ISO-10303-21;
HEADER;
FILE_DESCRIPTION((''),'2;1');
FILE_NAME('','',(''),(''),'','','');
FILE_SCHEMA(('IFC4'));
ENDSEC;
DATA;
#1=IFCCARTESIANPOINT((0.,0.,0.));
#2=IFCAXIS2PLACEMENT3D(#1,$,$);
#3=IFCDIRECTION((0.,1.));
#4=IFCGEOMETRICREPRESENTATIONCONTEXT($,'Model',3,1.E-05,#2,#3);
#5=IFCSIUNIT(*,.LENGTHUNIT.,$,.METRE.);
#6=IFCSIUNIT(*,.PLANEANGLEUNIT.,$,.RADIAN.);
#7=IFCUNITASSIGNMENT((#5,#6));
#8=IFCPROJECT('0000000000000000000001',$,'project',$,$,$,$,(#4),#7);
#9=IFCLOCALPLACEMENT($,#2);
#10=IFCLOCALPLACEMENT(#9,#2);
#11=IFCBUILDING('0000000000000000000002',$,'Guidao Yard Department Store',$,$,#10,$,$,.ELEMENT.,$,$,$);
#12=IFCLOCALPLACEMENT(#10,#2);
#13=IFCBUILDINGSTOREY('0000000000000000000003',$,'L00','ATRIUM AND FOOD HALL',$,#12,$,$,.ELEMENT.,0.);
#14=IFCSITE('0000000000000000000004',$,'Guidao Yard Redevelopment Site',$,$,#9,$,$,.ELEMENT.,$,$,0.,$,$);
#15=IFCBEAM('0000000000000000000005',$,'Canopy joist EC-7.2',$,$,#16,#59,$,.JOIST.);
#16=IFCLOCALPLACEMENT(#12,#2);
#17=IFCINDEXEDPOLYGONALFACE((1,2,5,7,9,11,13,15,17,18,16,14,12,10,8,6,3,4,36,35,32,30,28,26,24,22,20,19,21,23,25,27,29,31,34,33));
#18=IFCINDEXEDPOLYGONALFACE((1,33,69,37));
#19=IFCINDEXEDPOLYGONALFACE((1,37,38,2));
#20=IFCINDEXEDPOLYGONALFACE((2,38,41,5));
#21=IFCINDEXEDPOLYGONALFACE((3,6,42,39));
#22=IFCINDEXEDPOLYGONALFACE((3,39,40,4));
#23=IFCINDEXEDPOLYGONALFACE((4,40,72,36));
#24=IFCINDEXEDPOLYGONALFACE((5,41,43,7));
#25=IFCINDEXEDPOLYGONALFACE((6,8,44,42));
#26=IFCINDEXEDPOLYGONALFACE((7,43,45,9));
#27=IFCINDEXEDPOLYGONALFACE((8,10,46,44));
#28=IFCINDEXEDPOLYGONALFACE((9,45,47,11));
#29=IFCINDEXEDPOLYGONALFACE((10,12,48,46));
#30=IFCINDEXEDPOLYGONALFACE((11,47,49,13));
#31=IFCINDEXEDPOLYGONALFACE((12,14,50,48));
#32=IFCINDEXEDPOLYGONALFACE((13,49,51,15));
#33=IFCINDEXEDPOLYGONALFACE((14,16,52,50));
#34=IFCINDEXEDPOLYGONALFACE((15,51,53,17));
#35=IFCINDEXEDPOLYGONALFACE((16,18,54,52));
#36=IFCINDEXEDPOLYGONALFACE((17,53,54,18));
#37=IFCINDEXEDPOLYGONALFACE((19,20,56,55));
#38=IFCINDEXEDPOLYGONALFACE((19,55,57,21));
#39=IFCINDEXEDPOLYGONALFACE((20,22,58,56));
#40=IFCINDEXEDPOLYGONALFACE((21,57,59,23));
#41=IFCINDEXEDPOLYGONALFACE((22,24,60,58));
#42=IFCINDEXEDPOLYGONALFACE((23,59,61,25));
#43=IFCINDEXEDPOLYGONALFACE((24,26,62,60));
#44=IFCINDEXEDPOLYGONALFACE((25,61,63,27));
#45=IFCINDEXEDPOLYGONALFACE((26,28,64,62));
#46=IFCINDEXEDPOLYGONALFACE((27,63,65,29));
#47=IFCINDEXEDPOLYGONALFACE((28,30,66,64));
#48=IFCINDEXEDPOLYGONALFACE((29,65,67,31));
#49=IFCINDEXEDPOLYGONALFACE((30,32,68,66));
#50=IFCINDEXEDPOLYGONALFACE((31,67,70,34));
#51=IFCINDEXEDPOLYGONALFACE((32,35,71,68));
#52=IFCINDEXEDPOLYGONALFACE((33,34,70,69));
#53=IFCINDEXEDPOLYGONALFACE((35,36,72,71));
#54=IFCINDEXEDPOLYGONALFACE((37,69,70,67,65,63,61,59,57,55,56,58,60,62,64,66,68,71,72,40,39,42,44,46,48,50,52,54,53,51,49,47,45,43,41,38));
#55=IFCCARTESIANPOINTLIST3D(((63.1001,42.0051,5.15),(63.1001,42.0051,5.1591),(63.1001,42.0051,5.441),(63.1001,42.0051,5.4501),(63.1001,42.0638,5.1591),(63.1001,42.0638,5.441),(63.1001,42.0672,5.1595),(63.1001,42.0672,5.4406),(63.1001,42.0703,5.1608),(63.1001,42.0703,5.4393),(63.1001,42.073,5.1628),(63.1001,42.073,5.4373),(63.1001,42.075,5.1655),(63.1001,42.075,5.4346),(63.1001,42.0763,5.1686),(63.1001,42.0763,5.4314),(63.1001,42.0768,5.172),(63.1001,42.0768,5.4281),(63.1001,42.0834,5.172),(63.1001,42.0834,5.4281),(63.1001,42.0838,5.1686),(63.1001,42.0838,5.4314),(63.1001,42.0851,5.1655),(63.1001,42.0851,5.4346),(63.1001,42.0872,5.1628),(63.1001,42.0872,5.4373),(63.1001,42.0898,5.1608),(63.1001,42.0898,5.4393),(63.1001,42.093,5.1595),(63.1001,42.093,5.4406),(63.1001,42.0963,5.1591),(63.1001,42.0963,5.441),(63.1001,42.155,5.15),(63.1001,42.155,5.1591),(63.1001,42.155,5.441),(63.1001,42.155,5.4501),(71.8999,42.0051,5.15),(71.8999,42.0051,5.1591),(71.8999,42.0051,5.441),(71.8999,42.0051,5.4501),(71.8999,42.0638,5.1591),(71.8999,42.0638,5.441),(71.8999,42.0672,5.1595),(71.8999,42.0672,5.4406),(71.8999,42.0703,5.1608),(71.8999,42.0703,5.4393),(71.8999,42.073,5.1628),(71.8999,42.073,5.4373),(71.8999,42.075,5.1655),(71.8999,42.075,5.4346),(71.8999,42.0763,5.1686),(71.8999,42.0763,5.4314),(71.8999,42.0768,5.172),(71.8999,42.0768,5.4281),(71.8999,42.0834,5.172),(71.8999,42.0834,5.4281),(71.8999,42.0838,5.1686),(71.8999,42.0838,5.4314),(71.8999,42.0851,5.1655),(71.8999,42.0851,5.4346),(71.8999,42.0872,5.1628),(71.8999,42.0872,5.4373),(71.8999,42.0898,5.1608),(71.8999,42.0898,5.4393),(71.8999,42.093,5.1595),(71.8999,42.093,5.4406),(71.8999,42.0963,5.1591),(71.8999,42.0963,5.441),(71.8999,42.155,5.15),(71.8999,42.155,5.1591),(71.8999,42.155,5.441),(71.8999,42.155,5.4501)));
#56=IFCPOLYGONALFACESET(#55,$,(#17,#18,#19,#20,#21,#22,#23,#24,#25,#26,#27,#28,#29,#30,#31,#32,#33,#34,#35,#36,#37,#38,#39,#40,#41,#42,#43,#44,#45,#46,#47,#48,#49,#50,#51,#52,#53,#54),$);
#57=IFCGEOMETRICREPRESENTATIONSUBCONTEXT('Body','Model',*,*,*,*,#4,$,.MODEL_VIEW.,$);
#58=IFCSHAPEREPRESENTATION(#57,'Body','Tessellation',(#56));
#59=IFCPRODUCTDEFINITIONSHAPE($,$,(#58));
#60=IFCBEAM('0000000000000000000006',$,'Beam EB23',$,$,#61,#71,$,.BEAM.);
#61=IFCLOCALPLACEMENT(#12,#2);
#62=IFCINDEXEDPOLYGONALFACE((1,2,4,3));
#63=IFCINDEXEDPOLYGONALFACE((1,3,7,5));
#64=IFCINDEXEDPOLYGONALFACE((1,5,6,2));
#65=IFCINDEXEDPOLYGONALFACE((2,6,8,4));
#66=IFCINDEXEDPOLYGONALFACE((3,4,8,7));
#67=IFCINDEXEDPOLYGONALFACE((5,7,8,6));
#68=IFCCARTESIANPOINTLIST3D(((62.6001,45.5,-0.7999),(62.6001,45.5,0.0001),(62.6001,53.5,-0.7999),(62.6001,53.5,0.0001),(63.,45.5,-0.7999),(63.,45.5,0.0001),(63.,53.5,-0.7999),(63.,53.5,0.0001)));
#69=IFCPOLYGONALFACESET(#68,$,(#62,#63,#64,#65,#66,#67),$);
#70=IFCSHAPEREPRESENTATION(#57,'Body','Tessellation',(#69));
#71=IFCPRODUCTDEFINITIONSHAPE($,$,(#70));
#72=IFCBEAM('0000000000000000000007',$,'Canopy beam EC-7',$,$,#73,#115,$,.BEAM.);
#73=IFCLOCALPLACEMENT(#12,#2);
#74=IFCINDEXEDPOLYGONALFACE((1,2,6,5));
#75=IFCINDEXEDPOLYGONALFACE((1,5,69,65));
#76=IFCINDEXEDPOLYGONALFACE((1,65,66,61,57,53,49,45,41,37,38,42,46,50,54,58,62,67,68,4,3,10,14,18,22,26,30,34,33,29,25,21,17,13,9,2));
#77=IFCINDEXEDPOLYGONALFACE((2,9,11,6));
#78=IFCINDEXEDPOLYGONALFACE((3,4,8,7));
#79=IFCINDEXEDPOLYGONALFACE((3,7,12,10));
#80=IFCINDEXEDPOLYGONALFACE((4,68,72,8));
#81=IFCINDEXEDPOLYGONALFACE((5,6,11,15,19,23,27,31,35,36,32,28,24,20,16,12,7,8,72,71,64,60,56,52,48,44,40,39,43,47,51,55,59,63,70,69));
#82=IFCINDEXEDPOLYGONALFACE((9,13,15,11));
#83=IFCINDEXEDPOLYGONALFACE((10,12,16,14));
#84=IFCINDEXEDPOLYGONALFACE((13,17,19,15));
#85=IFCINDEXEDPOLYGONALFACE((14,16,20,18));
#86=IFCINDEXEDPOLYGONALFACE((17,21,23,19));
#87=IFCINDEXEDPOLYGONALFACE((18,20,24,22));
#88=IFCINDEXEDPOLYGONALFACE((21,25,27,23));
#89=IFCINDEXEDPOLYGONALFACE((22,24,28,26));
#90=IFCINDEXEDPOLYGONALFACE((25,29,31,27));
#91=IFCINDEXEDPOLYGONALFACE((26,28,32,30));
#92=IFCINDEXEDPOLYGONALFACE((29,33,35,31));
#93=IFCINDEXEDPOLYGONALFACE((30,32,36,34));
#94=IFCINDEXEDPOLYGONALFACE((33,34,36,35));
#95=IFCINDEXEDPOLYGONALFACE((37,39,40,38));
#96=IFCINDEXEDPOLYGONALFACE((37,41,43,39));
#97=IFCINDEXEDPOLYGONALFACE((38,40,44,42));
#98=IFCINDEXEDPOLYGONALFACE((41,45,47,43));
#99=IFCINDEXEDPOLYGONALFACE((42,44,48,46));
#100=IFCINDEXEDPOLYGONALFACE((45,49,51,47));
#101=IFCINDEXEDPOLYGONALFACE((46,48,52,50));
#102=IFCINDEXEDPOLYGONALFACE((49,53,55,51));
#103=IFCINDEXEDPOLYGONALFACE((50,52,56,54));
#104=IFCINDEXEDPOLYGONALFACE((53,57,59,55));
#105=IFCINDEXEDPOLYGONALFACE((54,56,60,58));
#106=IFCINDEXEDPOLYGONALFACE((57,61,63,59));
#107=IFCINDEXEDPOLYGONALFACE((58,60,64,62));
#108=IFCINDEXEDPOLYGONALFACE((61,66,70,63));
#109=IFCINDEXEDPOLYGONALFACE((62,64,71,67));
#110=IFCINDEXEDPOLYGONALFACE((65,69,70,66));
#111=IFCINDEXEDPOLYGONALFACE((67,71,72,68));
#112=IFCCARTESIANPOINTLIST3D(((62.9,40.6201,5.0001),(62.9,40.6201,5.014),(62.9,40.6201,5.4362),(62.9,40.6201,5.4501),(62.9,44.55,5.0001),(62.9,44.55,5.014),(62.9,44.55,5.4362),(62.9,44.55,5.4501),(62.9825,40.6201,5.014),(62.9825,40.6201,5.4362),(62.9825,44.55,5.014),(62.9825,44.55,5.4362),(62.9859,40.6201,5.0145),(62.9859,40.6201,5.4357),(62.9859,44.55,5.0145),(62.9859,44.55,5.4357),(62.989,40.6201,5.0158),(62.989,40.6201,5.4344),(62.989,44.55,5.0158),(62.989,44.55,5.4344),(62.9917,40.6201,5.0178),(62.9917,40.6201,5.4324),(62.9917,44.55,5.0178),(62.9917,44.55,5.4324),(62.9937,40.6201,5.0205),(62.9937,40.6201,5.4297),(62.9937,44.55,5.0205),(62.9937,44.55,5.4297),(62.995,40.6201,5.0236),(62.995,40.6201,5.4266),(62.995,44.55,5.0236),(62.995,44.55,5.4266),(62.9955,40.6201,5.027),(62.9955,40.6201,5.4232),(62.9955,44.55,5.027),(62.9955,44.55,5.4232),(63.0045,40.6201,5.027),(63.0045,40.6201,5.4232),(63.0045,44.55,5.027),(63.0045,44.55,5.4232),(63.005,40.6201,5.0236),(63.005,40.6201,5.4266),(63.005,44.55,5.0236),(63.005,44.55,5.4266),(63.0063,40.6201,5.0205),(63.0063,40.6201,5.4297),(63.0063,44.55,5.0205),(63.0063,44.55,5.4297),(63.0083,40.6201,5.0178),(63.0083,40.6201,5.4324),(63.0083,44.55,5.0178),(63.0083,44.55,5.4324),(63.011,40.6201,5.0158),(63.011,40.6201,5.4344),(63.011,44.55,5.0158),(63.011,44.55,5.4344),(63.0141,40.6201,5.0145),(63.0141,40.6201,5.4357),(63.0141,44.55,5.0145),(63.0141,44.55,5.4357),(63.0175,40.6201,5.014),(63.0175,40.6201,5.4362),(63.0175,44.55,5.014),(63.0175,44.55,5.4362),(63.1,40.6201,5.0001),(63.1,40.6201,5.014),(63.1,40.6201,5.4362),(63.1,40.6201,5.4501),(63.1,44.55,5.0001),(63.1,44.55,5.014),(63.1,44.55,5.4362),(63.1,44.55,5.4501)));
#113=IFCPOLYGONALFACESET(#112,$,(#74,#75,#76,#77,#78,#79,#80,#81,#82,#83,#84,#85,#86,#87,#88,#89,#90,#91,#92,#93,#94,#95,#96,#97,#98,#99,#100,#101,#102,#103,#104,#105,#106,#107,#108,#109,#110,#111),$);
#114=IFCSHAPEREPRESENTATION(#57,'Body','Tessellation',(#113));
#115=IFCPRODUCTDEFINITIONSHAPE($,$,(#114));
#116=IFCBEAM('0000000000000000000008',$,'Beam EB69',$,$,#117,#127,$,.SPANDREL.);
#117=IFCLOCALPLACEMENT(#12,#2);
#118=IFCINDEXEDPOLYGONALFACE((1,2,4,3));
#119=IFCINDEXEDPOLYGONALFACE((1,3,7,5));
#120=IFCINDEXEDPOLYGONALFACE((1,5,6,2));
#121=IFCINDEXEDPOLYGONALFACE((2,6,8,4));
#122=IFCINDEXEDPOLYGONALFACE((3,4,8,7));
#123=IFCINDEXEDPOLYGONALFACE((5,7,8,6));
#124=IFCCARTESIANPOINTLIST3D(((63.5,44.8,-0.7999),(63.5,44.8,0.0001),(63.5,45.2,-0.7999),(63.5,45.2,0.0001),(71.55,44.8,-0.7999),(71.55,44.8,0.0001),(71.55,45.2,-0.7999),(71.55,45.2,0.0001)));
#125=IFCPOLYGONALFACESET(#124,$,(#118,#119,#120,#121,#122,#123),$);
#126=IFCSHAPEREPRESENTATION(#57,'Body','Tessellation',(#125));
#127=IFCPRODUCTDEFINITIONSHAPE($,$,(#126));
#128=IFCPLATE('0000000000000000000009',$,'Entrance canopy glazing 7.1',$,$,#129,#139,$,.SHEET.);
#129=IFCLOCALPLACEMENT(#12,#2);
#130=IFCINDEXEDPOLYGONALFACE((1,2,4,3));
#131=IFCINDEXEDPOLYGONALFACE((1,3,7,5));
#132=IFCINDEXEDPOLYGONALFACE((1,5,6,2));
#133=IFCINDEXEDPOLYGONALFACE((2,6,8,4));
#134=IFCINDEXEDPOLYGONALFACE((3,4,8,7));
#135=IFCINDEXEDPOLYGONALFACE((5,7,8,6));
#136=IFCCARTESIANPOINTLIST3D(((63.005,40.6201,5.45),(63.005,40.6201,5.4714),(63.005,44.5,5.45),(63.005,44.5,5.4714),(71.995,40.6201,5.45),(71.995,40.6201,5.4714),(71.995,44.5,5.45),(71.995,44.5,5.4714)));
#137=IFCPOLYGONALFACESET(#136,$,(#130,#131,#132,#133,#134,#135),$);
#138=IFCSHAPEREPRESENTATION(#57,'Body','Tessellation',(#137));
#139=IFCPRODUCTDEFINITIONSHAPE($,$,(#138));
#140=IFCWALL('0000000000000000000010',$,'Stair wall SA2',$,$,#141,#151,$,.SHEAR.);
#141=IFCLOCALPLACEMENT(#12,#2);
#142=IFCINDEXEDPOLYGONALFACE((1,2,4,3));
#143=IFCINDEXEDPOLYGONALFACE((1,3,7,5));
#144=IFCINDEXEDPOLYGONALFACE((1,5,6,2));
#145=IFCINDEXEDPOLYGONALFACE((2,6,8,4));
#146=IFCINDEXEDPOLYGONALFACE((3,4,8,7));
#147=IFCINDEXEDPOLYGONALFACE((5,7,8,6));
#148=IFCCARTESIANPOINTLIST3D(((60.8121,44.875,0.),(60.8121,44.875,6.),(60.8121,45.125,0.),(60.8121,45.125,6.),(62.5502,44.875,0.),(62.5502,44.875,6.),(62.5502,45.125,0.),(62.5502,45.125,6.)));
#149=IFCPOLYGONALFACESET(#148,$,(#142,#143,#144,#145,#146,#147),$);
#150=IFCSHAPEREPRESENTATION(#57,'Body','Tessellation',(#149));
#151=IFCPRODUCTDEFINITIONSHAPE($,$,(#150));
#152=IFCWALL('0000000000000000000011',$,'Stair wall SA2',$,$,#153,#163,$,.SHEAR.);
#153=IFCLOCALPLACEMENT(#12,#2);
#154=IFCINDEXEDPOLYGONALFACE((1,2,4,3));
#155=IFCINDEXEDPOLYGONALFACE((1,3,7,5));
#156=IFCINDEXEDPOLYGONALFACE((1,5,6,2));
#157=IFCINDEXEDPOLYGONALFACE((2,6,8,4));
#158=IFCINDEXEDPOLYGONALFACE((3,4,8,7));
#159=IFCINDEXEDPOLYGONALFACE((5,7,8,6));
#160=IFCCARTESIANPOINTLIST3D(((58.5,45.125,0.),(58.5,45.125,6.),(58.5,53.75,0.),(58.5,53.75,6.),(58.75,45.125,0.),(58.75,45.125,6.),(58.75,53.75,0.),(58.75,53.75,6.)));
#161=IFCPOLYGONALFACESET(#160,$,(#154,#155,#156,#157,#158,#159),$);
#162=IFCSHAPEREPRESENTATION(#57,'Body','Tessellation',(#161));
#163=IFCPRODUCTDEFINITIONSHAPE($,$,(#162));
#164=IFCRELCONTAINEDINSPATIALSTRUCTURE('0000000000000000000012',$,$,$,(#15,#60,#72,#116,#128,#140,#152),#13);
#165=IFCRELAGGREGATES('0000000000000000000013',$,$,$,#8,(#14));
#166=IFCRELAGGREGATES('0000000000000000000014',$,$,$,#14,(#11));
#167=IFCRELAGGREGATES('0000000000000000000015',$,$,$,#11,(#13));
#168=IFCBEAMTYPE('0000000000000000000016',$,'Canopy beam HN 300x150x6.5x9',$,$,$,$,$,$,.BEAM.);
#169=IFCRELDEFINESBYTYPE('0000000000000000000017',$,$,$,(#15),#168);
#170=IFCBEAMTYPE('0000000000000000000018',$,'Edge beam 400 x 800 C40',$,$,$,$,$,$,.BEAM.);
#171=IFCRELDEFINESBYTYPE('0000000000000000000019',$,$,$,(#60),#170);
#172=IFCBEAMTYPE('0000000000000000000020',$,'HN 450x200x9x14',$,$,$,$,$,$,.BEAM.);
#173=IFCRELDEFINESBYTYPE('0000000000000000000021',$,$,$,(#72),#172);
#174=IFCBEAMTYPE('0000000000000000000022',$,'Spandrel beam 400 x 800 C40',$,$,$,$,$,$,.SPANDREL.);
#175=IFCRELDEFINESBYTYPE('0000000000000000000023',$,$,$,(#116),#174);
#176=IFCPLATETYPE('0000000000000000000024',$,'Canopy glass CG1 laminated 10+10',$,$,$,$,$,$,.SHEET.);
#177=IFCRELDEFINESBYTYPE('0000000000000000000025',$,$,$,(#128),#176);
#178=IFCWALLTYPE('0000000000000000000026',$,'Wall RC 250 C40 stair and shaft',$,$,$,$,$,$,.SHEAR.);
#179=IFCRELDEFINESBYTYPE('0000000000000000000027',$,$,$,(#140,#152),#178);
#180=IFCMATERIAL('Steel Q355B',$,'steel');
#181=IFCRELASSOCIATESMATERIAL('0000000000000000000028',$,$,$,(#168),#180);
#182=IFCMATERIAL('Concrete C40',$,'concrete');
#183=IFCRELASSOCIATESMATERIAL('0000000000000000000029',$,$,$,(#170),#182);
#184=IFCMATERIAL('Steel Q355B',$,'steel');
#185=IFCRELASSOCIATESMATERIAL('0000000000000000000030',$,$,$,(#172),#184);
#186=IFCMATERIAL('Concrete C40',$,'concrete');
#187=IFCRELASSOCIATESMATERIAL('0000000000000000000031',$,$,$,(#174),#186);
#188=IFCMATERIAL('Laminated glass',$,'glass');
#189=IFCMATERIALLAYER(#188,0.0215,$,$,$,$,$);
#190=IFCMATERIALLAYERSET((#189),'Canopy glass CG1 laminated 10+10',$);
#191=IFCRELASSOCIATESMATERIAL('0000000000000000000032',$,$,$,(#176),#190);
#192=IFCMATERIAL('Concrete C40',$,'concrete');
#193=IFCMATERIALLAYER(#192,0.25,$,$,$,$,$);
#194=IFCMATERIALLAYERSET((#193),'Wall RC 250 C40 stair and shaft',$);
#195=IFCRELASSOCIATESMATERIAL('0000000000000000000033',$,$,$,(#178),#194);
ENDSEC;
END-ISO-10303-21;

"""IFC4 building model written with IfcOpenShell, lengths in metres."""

from ifc_helpers import new_model, si_unit, direction, frame, frame_2d, origin, origin_2d, place, context, subcontext, project, spatial, rectangle, i_section, extrude, material, layer, layer_set, material_profile, profile_set, type_object, element, save


model = new_model("IFC4")

# Units and contexts
model_context = context("Model", 3, precision=1e-05, world=origin(), true_north=direction((0.0, 1.0)))
body_context = subcontext(model_context, "Body", "Model", "MODEL_VIEW")
ifc_project = project(units=[si_unit("LENGTHUNIT", "METRE"), si_unit("PLANEANGLEUNIT", "RADIAN")], contexts=[model_context])

# Site, building, storey
site_placement = place(None, origin())
site = spatial("IfcSite", under=ifc_project, at=site_placement, Name="Guidao Yard Redevelopment Site", CompositionType="ELEMENT", RefElevation=0.0)
building_placement = place(site_placement, origin())
building = spatial("IfcBuilding", under=site, at=building_placement, Name="Guidao Yard Department Store", CompositionType="ELEMENT")
storey_placement = place(building_placement, origin())
storey = spatial("IfcBuildingStorey", under=building, at=storey_placement, Name="L00", Description="ATRIUM AND FOOD HALL", CompositionType="ELEMENT", Elevation=0.0)

# Beams
ifc_material_1 = material(Name="Steel Q355B", Category="steel")
ifc_material_profile_1 = material_profile(ifc_material_1, i_section(OverallWidth=0.1499, OverallDepth=0.3, WebThickness=0.0066, FlangeThickness=0.009, FilletRadius=0.0129, at=origin_2d()), Name="HN 300x150x6.5x9")
ifc_profile_set_1 = profile_set([ifc_material_profile_1], Name="Steel Q355B")
beam_type_1 = type_object("IfcBeamType", Name="Canopy beam HN 300x150x6.5x9", PredefinedType="BEAM", material=ifc_profile_set_1)
for number, where, z_axis, x_axis, name in (
    (1, (63.1001, 42.0801, 5.3), (1.0, 0.0, 0.0), (0.0, 1.0, 0.0), "Canopy joist EC-7.2"),
):
    element("IfcBeam", number, at=place(storey_placement, frame(where, z_axis=z_axis, x_axis=x_axis)), inside=storey, type_object=beam_type_1, Name=name, PredefinedType="JOIST", context=body_context, shape_type="SweptSolid", body=[
        extrude(i_section(OverallWidth=0.1499, OverallDepth=0.3, WebThickness=0.0066, FlangeThickness=0.009, FilletRadius=0.0129, at=origin_2d()), origin(), (0.0, 0.0, 1.0), 8.7998),
    ])
ifc_material_2 = material(Name="Concrete C40", Category="concrete")
ifc_material_profile_2 = material_profile(ifc_material_2, rectangle(XDim=0.3999, YDim=0.8, at=origin_2d()), Name="Edge beam 400 x 800 C40")
ifc_profile_set_2 = profile_set([ifc_material_profile_2], Name="Concrete C40")
beam_type_2 = type_object("IfcBeamType", Name="Edge beam 400 x 800 C40", PredefinedType="BEAM", material=ifc_profile_set_2)
beam_1_placement = place(storey_placement, frame((62.8, 45.5, -0.3999), z_axis=(0.0, 1.0, 0.0), x_axis=(-1.0, 0.0, 0.0)))
element("IfcBeam", 2, at=beam_1_placement, inside=storey, type_object=beam_type_2, Name="Beam EB23", PredefinedType="BEAM", context=body_context, shape_type="SweptSolid", body=[
    extrude(rectangle(XDim=0.3999, YDim=0.8, at=origin_2d()), origin(), (0.0, 0.0, 1.0), 8.0),
])
ifc_material_3 = material(Name="Steel Q355B", Category="steel")
ifc_material_profile_3 = material_profile(ifc_material_3, i_section(OverallWidth=0.2, OverallDepth=0.45, WebThickness=0.009, FlangeThickness=0.0139, FilletRadius=0.0129, at=origin_2d()), Name="HN 450x200x9x14")
ifc_profile_set_3 = profile_set([ifc_material_profile_3], Name="Steel Q355B")
beam_type_3 = type_object("IfcBeamType", Name="HN 450x200x9x14", PredefinedType="BEAM", material=ifc_profile_set_3)
beam_2_placement = place(storey_placement, frame((63.0, 40.6201, 5.2251), z_axis=(0.0, 1.0, 0.0), x_axis=(-1.0, 0.0, 0.0)))
element("IfcBeam", 3, at=beam_2_placement, inside=storey, type_object=beam_type_3, Name="Canopy beam EC-7", PredefinedType="BEAM", context=body_context, shape_type="SweptSolid", body=[
    extrude(i_section(OverallWidth=0.2, OverallDepth=0.45, WebThickness=0.009, FlangeThickness=0.0139, FilletRadius=0.0129, at=origin_2d()), origin(), (0.0, 0.0, 1.0), 3.9299),
])
ifc_material_4 = material(Name="Concrete C40", Category="concrete")
ifc_material_profile_4 = material_profile(ifc_material_4, rectangle(XDim=0.3999, YDim=0.8, at=origin_2d()), Name="Spandrel beam 400 x 800 C40")
ifc_profile_set_4 = profile_set([ifc_material_profile_4], Name="Concrete C40")
beam_type_4 = type_object("IfcBeamType", Name="Spandrel beam 400 x 800 C40", PredefinedType="SPANDREL", material=ifc_profile_set_4)
beam_3_placement = place(storey_placement, frame((63.5, 45.0, -0.3999), z_axis=(1.0, 0.0, 0.0), x_axis=(0.0, 1.0, 0.0)))
element("IfcBeam", 4, at=beam_3_placement, inside=storey, type_object=beam_type_4, Name="Beam EB69", PredefinedType="SPANDREL", context=body_context, shape_type="SweptSolid", body=[
    extrude(rectangle(XDim=0.3999, YDim=0.8, at=origin_2d()), origin(), (0.0, 0.0, 1.0), 8.05),
])

# Plate
ifc_material_5 = material(Name="Laminated glass", Category="glass")
ifc_layer_1 = layer(ifc_material_5, 0.0215)
ifc_layer_set_1 = layer_set([ifc_layer_1], Name="Canopy glass CG1 laminated 10+10")
plate_type = type_object("IfcPlateType", Name="Canopy glass CG1 laminated 10+10", PredefinedType="SHEET", material=ifc_layer_set_1)
plate_placement = place(storey_placement, frame((67.5, 42.5601, 5.45), z_axis=(0.0, 0.0, 1.0), x_axis=(1.0, 0.0, 0.0)))
element("IfcPlate", 5, at=plate_placement, inside=storey, type_object=plate_type, Name="Entrance canopy glazing 7.1", PredefinedType="SHEET", context=body_context, shape_type="SweptSolid", body=[
    extrude(rectangle(XDim=8.99, YDim=3.8799, at=origin_2d()), origin(), (0.0, 0.0, 1.0), 0.0215),
])

# Walls
ifc_material_6 = material(Name="Concrete C40", Category="concrete")
ifc_layer_2 = layer(ifc_material_6, 0.25)
ifc_layer_set_2 = layer_set([ifc_layer_2], Name="Wall RC 250 C40 stair and shaft")
wall_type = type_object("IfcWallType", Name="Wall RC 250 C40 stair and shaft", PredefinedType="SHEAR", material=ifc_layer_set_2)
wall_1_placement = place(storey_placement, frame((60.812, 45.0, 0.0), z_axis=(0.0, 0.0, 1.0), x_axis=(1.0, 0.0, 0.0)))
element("IfcWall", 6, at=wall_1_placement, inside=storey, type_object=wall_type, Name="Stair wall SA2", PredefinedType="SHEAR", context=body_context, shape_type="SweptSolid", body=[
    extrude(rectangle(XDim=1.738, YDim=0.25, at=frame_2d((0.8691, 0.0))), origin(), (0.0, 0.0, 1.0), 6.0),
])
wall_2_placement = place(storey_placement, frame((58.625, 45.125, 0.0), z_axis=(0.0, 0.0, 1.0), x_axis=(0.0, 1.0, 0.0)))
element("IfcWall", 7, at=wall_2_placement, inside=storey, type_object=wall_type, Name="Stair wall SA2", PredefinedType="SHEAR", context=body_context, shape_type="SweptSolid", body=[
    extrude(rectangle(XDim=8.625, YDim=0.25, at=frame_2d((4.3125, 0.0))), origin(), (0.0, 0.0, 1.0), 6.0),
])

save(model, "model.ifc")
